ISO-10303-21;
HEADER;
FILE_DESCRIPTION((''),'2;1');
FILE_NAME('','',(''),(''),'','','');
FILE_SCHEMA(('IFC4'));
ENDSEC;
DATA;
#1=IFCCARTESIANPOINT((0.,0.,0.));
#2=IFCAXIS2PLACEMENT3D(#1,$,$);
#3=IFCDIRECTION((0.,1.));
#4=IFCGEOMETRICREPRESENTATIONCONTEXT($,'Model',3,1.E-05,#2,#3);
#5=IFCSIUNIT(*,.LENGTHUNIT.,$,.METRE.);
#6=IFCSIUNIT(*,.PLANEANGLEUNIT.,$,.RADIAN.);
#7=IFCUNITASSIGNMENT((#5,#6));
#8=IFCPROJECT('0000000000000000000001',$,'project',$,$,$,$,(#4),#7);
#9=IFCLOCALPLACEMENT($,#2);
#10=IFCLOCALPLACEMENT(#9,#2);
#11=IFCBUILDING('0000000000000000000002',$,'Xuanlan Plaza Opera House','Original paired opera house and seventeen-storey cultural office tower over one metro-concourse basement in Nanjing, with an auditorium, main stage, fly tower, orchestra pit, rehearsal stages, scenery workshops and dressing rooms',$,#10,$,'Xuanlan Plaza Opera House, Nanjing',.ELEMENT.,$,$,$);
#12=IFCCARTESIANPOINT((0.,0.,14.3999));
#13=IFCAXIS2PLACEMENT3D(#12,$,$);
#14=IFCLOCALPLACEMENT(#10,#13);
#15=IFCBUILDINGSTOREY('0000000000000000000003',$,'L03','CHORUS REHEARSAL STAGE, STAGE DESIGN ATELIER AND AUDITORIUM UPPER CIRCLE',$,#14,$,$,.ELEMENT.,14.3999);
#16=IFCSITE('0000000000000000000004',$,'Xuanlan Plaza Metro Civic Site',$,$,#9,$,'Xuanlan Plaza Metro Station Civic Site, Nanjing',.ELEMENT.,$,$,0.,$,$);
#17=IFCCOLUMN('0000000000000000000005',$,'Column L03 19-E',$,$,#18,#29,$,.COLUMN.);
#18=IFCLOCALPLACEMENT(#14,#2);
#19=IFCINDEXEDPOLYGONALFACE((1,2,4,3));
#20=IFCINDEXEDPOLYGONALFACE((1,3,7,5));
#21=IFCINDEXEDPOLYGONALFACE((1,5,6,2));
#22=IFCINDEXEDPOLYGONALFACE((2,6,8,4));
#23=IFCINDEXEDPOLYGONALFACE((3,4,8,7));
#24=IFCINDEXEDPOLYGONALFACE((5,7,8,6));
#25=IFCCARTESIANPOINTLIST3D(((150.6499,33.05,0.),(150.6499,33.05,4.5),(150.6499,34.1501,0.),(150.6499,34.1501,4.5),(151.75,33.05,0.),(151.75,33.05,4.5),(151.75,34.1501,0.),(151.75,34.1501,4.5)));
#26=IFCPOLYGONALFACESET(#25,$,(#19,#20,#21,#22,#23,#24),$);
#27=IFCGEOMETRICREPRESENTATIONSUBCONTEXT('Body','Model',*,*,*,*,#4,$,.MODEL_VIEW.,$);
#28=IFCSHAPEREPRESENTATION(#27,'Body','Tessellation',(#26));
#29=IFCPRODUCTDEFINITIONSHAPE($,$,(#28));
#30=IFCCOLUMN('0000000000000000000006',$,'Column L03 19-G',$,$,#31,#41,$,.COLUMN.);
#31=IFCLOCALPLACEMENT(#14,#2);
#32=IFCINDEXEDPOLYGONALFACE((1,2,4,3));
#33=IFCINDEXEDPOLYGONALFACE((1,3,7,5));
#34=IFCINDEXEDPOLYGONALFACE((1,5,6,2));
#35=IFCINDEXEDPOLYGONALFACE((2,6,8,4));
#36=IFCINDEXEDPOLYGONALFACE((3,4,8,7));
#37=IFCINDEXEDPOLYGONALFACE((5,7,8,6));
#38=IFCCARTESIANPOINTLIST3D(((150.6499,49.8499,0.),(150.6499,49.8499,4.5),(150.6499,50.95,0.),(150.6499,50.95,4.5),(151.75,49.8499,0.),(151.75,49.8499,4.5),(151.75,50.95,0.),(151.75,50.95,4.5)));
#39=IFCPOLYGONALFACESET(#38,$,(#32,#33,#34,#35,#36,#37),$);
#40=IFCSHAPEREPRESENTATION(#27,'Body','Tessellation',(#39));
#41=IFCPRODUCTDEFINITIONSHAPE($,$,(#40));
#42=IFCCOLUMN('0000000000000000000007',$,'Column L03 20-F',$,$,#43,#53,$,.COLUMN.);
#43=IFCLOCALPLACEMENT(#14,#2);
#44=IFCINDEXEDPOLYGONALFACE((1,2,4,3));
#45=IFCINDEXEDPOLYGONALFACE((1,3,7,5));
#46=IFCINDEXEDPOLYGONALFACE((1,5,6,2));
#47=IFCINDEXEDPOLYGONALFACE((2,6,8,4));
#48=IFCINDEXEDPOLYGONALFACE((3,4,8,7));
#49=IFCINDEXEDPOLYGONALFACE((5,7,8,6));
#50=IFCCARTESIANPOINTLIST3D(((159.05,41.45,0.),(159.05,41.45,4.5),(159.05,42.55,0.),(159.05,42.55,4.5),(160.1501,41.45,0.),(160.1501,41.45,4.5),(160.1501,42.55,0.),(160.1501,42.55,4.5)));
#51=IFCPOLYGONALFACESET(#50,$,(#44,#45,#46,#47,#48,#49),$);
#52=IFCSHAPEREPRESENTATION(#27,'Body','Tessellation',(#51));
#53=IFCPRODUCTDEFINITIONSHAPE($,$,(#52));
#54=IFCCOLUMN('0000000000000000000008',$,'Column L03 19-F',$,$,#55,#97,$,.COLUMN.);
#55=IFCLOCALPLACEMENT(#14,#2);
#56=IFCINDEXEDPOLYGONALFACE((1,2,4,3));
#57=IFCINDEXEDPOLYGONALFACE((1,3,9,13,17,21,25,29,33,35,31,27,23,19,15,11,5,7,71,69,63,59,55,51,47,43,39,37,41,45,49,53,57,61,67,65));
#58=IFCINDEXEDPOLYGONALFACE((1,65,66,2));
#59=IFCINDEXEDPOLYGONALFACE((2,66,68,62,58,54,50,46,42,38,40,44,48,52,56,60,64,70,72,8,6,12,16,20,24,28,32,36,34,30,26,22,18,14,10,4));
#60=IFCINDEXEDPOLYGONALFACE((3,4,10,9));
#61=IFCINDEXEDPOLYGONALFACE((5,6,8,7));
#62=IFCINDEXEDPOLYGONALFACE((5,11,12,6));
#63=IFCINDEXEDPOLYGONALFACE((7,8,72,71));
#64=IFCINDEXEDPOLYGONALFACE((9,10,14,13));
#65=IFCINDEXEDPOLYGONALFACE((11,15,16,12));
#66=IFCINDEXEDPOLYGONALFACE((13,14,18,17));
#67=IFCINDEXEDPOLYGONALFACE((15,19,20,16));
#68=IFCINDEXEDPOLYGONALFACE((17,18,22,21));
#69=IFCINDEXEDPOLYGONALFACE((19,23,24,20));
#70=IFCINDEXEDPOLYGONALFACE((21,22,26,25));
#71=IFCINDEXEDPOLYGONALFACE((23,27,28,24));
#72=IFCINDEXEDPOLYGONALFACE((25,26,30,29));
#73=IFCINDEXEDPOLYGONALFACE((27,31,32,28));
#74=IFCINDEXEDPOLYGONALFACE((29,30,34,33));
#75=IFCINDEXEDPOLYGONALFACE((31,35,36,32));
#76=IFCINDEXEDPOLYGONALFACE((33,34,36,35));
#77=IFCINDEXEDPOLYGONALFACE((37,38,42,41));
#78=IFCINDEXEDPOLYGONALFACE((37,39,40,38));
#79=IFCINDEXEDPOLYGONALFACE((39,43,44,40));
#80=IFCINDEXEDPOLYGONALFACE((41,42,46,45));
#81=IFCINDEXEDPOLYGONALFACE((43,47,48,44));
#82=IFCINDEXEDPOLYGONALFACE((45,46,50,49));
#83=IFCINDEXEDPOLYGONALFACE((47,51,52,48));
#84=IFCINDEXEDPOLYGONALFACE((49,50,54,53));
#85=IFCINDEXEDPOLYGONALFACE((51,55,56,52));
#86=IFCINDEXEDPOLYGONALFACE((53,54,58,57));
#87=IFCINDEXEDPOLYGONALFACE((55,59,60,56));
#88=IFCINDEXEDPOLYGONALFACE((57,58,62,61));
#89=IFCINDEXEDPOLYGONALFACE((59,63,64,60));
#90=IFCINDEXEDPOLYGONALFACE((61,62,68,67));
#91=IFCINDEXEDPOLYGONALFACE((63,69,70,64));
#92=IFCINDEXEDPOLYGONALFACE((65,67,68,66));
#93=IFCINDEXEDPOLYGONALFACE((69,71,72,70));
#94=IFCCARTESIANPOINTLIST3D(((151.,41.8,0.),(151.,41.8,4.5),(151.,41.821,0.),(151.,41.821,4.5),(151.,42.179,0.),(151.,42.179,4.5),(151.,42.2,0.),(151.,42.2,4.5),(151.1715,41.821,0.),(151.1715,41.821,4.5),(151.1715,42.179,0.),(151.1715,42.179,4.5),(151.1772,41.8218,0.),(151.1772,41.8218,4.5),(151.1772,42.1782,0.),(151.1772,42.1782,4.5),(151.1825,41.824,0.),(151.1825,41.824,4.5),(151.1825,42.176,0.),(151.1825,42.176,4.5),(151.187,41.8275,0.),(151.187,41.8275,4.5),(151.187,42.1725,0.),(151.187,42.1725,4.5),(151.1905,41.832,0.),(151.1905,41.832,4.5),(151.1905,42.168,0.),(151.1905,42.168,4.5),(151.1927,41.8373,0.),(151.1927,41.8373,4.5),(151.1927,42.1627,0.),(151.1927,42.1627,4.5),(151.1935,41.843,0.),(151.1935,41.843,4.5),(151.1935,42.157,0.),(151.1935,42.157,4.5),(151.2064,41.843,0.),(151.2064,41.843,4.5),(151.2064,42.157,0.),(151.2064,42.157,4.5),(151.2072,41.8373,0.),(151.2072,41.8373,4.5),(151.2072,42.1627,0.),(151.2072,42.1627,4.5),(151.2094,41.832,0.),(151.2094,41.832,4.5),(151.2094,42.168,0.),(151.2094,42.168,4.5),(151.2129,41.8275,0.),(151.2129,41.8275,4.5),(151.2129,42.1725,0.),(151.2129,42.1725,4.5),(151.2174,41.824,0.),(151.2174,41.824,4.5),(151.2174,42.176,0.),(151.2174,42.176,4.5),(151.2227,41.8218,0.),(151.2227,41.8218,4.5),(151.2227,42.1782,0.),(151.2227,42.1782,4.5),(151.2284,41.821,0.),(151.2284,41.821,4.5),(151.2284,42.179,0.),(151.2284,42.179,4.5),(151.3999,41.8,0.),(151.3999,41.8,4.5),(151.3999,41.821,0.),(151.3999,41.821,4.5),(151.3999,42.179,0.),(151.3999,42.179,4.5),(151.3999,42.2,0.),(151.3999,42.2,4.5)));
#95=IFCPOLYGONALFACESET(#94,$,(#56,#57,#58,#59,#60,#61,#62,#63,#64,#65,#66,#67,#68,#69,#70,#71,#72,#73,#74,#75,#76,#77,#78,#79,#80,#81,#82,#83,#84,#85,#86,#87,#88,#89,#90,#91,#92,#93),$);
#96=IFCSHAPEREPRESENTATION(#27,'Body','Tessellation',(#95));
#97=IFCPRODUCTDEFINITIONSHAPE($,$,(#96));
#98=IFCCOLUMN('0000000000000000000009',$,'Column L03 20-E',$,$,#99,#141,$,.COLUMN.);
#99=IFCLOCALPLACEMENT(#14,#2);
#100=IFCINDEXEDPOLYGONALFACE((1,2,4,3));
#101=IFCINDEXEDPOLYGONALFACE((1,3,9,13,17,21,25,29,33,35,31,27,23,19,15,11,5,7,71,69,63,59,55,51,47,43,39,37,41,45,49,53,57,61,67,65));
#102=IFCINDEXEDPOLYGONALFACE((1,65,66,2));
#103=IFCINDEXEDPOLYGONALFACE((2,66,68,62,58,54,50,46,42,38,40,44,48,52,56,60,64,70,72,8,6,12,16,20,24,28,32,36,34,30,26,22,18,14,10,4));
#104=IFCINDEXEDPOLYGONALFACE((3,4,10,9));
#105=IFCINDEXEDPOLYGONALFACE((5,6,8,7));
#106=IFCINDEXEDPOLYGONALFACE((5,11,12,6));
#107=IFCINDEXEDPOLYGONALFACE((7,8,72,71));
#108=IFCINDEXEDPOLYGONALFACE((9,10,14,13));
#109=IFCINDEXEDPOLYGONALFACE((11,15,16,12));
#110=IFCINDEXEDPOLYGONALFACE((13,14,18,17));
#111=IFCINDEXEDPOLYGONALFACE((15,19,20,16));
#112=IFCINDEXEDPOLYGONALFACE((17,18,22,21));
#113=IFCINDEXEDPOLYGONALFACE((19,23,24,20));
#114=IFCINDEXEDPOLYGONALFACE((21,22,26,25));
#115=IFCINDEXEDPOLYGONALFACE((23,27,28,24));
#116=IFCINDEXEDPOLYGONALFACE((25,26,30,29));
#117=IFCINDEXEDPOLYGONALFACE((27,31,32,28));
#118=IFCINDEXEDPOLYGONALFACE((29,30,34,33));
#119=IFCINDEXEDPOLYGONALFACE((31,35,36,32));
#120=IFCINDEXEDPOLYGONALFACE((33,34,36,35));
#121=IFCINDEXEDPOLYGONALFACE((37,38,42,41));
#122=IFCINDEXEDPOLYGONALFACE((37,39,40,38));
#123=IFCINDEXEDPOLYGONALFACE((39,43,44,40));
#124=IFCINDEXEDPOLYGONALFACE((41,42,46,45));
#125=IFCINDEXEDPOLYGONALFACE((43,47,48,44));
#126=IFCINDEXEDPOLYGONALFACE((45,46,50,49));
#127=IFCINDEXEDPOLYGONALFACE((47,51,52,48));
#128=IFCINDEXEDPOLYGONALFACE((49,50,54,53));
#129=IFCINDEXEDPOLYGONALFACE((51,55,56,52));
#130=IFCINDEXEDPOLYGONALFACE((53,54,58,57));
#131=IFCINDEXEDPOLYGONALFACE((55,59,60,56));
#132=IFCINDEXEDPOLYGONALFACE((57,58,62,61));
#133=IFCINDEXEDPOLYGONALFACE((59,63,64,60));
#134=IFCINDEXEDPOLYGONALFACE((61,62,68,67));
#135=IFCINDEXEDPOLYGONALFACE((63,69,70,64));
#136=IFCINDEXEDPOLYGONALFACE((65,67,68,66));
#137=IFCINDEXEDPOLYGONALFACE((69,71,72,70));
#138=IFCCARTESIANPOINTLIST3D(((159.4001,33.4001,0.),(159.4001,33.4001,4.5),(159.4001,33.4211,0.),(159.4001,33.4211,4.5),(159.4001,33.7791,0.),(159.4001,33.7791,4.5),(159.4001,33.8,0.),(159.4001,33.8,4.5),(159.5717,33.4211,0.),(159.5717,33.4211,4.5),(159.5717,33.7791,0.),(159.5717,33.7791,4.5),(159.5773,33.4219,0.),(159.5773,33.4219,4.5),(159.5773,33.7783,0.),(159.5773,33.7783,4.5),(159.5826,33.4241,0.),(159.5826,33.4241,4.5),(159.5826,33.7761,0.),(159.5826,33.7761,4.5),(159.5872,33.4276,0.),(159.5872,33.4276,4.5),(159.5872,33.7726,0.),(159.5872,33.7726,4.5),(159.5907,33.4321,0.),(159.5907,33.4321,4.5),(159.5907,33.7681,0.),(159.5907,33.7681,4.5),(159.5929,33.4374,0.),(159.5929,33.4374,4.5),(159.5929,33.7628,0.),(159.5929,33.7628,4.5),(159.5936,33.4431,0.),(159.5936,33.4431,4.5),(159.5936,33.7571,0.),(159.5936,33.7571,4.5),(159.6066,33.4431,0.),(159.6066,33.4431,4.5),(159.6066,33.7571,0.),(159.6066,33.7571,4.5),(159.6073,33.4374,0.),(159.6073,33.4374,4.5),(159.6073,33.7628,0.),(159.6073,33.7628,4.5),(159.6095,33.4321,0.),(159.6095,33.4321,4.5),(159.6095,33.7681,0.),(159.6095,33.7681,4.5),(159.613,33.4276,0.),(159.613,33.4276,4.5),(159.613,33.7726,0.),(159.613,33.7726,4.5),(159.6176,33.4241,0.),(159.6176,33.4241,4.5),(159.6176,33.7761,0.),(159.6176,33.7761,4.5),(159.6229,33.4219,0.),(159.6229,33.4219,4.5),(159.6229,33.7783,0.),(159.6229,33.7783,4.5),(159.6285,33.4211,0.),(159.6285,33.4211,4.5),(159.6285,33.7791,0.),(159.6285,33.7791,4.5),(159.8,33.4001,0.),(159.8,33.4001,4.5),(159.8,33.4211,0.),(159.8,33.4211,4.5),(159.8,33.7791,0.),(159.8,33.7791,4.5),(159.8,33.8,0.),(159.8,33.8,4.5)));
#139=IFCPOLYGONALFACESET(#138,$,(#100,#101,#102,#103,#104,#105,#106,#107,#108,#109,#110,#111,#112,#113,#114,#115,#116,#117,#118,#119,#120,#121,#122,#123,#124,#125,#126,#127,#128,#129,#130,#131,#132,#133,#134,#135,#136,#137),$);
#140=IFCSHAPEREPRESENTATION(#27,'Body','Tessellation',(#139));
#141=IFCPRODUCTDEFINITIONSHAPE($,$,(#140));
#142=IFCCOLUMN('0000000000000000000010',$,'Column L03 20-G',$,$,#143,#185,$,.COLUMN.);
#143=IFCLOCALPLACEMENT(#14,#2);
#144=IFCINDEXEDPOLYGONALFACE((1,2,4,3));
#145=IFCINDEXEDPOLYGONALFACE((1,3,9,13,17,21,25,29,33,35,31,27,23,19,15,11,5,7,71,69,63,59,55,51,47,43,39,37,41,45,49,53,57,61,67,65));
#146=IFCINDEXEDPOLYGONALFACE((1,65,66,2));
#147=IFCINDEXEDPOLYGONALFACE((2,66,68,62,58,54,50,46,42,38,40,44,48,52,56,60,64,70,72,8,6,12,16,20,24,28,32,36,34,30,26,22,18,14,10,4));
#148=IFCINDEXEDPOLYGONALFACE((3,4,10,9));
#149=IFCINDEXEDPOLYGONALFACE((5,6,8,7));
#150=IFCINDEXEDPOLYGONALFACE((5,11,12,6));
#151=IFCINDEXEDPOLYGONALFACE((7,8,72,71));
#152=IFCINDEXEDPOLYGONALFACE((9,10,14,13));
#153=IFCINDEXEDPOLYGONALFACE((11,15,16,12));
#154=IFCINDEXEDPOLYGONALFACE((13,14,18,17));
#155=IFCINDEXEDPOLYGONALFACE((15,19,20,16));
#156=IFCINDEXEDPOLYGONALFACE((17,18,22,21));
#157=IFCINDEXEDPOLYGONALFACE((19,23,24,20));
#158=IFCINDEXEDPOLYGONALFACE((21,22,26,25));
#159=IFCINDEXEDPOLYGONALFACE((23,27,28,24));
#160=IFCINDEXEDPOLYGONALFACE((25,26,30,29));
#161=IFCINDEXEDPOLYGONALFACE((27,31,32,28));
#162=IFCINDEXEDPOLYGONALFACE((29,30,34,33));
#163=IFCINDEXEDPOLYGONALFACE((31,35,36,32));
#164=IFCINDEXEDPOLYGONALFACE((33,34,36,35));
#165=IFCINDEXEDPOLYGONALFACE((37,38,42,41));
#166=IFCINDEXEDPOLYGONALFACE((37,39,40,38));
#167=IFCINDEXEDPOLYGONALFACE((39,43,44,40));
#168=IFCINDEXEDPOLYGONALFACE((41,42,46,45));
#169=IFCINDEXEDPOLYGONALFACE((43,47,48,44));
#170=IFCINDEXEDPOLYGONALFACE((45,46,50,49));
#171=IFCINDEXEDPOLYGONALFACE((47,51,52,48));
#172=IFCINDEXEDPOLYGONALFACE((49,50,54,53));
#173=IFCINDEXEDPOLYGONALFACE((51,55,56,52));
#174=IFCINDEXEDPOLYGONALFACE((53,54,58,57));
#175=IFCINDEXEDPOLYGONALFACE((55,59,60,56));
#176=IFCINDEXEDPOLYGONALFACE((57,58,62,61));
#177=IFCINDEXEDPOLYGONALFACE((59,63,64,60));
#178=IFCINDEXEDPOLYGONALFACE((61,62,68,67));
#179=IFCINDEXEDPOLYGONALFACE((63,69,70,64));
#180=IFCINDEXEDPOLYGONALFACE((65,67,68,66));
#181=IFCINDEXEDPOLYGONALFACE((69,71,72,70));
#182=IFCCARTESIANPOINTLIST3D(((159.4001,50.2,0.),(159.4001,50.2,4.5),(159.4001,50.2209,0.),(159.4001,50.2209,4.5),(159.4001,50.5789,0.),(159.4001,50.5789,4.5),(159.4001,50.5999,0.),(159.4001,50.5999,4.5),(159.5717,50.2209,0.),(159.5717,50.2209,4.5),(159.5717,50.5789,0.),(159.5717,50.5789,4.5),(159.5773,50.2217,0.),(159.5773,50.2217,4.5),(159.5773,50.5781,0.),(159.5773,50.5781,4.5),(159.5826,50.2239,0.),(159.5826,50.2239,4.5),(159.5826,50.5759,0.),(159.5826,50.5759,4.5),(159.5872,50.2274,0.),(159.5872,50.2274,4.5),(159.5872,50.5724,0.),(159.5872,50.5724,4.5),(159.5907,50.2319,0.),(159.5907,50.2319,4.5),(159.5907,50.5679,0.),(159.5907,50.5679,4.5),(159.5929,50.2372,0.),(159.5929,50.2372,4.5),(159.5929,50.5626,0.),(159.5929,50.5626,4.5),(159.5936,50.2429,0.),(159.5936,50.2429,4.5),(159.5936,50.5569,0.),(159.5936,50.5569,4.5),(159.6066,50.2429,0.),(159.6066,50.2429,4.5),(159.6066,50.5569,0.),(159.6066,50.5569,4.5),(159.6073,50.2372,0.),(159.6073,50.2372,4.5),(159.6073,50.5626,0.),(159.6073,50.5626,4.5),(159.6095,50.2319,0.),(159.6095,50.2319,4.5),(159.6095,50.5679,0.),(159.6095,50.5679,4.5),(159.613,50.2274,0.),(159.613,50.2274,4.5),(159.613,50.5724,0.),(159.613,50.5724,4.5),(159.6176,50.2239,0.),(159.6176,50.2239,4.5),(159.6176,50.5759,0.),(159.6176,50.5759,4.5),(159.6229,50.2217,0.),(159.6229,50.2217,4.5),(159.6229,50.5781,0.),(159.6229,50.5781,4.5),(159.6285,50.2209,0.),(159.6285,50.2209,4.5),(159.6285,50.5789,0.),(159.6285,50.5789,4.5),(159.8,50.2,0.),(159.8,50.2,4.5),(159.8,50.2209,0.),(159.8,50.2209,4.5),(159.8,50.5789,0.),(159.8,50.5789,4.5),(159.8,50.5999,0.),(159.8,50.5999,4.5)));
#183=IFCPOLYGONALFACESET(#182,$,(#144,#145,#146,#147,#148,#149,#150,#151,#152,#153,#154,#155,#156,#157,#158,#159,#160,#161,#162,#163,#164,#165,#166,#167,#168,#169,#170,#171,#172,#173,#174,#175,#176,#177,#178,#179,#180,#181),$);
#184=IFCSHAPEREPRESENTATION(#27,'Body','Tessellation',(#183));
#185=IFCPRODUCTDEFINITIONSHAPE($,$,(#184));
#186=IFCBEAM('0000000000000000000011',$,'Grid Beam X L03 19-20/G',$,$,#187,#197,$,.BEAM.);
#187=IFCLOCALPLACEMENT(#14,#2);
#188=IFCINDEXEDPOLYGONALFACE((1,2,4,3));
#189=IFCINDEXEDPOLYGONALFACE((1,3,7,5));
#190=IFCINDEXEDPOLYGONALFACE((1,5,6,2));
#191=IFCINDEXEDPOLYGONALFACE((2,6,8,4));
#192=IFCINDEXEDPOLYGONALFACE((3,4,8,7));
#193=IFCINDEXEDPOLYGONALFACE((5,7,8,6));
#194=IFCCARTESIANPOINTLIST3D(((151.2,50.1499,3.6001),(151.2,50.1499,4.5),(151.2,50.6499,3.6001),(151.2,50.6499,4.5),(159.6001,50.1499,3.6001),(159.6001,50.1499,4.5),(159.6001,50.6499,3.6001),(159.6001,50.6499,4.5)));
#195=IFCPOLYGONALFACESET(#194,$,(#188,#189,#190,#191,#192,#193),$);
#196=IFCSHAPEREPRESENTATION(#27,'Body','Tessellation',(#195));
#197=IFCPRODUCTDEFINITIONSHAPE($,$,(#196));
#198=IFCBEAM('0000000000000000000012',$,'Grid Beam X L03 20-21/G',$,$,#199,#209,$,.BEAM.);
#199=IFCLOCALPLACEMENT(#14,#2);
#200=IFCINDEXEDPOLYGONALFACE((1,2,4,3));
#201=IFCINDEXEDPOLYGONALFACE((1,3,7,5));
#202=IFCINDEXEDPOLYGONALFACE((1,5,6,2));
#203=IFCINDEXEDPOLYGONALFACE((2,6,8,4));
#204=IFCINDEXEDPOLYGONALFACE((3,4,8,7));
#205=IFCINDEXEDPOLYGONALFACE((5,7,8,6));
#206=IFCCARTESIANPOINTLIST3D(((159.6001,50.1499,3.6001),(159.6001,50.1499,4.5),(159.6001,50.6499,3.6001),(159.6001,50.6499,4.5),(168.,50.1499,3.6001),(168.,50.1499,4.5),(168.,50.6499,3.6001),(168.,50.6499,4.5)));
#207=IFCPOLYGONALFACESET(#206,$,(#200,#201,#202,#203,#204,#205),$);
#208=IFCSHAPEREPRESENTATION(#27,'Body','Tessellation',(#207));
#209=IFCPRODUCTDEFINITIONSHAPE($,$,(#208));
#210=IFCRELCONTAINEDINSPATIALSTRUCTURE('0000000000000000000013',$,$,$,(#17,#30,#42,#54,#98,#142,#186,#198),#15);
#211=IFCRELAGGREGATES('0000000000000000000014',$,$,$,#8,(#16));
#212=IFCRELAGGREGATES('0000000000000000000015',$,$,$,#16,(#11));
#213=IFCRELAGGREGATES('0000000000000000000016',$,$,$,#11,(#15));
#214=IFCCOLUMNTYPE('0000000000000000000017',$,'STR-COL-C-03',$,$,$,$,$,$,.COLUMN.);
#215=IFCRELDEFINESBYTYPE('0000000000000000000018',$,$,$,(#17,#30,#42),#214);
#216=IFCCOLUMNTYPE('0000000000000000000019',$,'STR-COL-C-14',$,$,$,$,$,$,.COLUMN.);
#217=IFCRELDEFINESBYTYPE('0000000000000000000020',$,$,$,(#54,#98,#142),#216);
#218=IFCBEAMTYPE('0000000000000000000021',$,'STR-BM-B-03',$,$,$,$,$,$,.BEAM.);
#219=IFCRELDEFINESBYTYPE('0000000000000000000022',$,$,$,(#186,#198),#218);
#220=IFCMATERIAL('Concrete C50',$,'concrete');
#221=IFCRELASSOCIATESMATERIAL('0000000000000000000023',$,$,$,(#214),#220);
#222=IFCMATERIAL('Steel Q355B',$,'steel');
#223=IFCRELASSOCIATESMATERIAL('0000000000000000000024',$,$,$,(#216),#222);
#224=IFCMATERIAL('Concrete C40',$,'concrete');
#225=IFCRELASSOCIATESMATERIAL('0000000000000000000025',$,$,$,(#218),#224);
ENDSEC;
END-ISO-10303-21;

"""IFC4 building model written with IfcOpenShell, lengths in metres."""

from ifc_helpers import new_model, si_unit, direction, frame, origin, origin_2d, place, context, subcontext, project, spatial, rectangle, i_section, extrude, material, material_profile, profile_set, type_object, element, save


model = new_model("IFC4")

# Units and contexts
model_context = context("Model", 3, precision=1e-05, world=origin(), true_north=direction((0.0, 1.0)))
body_context = subcontext(model_context, "Body", "Model", "MODEL_VIEW")
ifc_project = project(units=[si_unit("LENGTHUNIT", "METRE"), si_unit("PLANEANGLEUNIT", "RADIAN")], contexts=[model_context])

# Site, building, storey
site_placement = place(None, origin())
site = spatial("IfcSite", under=ifc_project, at=site_placement, Name="Xuanlan Plaza Metro Civic Site", LongName="Xuanlan Plaza Metro Station Civic Site, Nanjing", CompositionType="ELEMENT", RefElevation=0.0)
building_placement = place(site_placement, origin())
building = spatial("IfcBuilding", under=site, at=building_placement, Name="Xuanlan Plaza Opera House", Description="Original paired opera house and seventeen-storey cultural office tower over one metro-concourse basement in Nanjing, with an auditorium, main stage, fly tower, orchestra pit, rehearsal stages, scenery workshops and dressing rooms", LongName="Xuanlan Plaza Opera House, Nanjing", CompositionType="ELEMENT")
storey_placement = place(building_placement, frame((0.0, 0.0, 14.3999)))
storey = spatial("IfcBuildingStorey", under=building, at=storey_placement, Name="L03", Description="CHORUS REHEARSAL STAGE, STAGE DESIGN ATELIER AND AUDITORIUM UPPER CIRCLE", CompositionType="ELEMENT", Elevation=14.3999)

# Columns
ifc_material_1 = material(Name="Concrete C50", Category="concrete")
ifc_material_profile_1 = material_profile(ifc_material_1, rectangle(XDim=1.1001, YDim=1.1001, at=origin_2d()), Name="RC-COL 1100x1100")
ifc_profile_set_1 = profile_set([ifc_material_profile_1], Name="Concrete C50")
column_type_1 = type_object("IfcColumnType", Name="STR-COL-C-03", PredefinedType="COLUMN", material=ifc_profile_set_1)
for number, where, z_axis, x_axis, name in (
    (1, (151.2, 33.6001, 0.0), (0.0, 0.0, 1.0), (1.0, 0.0, 0.0), "Column L03 19-E"),
    (2, (151.2, 50.3999, 0.0), (0.0, 0.0, 1.0), (1.0, 0.0, 0.0), "Column L03 19-G"),
    (3, (159.6001, 42.0, 0.0), (0.0, 0.0, 1.0), (1.0, 0.0, 0.0), "Column L03 20-F"),
):
    element("IfcColumn", number, at=place(storey_placement, frame(where, z_axis=z_axis, x_axis=x_axis)), inside=storey, type_object=column_type_1, Name=name, PredefinedType="COLUMN", context=body_context, shape_type="SweptSolid", body=[
        extrude(rectangle(XDim=1.1001, YDim=1.1001, at=origin_2d()), origin(), (0.0, 0.0, 1.0), 4.5),
    ])
ifc_material_2 = material(Name="Steel Q355B", Category="steel")
ifc_material_profile_2 = material_profile(ifc_material_2, i_section(OverallWidth=0.3999, OverallDepth=0.3999, WebThickness=0.0129, FlangeThickness=0.021, FilletRadius=0.022, at=origin_2d()), Name="HW 400x400x13x21")
ifc_profile_set_2 = profile_set([ifc_material_profile_2], Name="Steel Q355B")
column_type_2 = type_object("IfcColumnType", Name="STR-COL-C-14", PredefinedType="COLUMN", material=ifc_profile_set_2)
for number, where, z_axis, x_axis, name in (
    (4, (151.2, 42.0, 0.0), (0.0, 0.0, 1.0), (1.0, 0.0, 0.0), "Column L03 19-F"),
    (5, (159.6001, 33.6001, 0.0), (0.0, 0.0, 1.0), (1.0, 0.0, 0.0), "Column L03 20-E"),
    (6, (159.6001, 50.3999, 0.0), (0.0, 0.0, 1.0), (1.0, 0.0, 0.0), "Column L03 20-G"),
):
    element("IfcColumn", number, at=place(storey_placement, frame(where, z_axis=z_axis, x_axis=x_axis)), inside=storey, type_object=column_type_2, Name=name, PredefinedType="COLUMN", context=body_context, shape_type="SweptSolid", body=[
        extrude(i_section(OverallWidth=0.3999, OverallDepth=0.3999, WebThickness=0.0129, FlangeThickness=0.021, FilletRadius=0.022, at=origin_2d()), origin(), (0.0, 0.0, 1.0), 4.5),
    ])

# Beams
ifc_material_3 = material(Name="Concrete C40", Category="concrete")
ifc_material_profile_3 = material_profile(ifc_material_3, rectangle(XDim=0.5, YDim=0.8999, at=origin_2d()), Name="RC-BM 500x900")
ifc_profile_set_3 = profile_set([ifc_material_profile_3], Name="Concrete C40")
beam_type_1 = type_object("IfcBeamType", Name="STR-BM-B-03", PredefinedType="BEAM", material=ifc_profile_set_3)
beam_1_placement = place(storey_placement, frame((151.2, 50.3999, 4.05), z_axis=(1.0, 0.0, 0.0), x_axis=(0.0, 1.0, 0.0)))
element("IfcBeam", 7, at=beam_1_placement, inside=storey, type_object=beam_type_1, Name="Grid Beam X L03 19-20/G", PredefinedType="BEAM", context=body_context, shape_type="SweptSolid", body=[
    extrude(rectangle(XDim=0.5, YDim=0.8999, at=origin_2d()), origin(), (0.0, 0.0, 1.0), 8.4001),
])
beam_2_placement = place(storey_placement, frame((159.6001, 50.3999, 4.05), z_axis=(1.0, 0.0, 0.0), x_axis=(0.0, 1.0, 0.0)))
element("IfcBeam", 8, at=beam_2_placement, inside=storey, type_object=beam_type_1, Name="Grid Beam X L03 20-21/G", PredefinedType="BEAM", context=body_context, shape_type="SweptSolid", body=[
    extrude(rectangle(XDim=0.5, YDim=0.8999, at=origin_2d()), origin(), (0.0, 0.0, 1.0), 8.3999),
])

save(model, "model.ifc")
